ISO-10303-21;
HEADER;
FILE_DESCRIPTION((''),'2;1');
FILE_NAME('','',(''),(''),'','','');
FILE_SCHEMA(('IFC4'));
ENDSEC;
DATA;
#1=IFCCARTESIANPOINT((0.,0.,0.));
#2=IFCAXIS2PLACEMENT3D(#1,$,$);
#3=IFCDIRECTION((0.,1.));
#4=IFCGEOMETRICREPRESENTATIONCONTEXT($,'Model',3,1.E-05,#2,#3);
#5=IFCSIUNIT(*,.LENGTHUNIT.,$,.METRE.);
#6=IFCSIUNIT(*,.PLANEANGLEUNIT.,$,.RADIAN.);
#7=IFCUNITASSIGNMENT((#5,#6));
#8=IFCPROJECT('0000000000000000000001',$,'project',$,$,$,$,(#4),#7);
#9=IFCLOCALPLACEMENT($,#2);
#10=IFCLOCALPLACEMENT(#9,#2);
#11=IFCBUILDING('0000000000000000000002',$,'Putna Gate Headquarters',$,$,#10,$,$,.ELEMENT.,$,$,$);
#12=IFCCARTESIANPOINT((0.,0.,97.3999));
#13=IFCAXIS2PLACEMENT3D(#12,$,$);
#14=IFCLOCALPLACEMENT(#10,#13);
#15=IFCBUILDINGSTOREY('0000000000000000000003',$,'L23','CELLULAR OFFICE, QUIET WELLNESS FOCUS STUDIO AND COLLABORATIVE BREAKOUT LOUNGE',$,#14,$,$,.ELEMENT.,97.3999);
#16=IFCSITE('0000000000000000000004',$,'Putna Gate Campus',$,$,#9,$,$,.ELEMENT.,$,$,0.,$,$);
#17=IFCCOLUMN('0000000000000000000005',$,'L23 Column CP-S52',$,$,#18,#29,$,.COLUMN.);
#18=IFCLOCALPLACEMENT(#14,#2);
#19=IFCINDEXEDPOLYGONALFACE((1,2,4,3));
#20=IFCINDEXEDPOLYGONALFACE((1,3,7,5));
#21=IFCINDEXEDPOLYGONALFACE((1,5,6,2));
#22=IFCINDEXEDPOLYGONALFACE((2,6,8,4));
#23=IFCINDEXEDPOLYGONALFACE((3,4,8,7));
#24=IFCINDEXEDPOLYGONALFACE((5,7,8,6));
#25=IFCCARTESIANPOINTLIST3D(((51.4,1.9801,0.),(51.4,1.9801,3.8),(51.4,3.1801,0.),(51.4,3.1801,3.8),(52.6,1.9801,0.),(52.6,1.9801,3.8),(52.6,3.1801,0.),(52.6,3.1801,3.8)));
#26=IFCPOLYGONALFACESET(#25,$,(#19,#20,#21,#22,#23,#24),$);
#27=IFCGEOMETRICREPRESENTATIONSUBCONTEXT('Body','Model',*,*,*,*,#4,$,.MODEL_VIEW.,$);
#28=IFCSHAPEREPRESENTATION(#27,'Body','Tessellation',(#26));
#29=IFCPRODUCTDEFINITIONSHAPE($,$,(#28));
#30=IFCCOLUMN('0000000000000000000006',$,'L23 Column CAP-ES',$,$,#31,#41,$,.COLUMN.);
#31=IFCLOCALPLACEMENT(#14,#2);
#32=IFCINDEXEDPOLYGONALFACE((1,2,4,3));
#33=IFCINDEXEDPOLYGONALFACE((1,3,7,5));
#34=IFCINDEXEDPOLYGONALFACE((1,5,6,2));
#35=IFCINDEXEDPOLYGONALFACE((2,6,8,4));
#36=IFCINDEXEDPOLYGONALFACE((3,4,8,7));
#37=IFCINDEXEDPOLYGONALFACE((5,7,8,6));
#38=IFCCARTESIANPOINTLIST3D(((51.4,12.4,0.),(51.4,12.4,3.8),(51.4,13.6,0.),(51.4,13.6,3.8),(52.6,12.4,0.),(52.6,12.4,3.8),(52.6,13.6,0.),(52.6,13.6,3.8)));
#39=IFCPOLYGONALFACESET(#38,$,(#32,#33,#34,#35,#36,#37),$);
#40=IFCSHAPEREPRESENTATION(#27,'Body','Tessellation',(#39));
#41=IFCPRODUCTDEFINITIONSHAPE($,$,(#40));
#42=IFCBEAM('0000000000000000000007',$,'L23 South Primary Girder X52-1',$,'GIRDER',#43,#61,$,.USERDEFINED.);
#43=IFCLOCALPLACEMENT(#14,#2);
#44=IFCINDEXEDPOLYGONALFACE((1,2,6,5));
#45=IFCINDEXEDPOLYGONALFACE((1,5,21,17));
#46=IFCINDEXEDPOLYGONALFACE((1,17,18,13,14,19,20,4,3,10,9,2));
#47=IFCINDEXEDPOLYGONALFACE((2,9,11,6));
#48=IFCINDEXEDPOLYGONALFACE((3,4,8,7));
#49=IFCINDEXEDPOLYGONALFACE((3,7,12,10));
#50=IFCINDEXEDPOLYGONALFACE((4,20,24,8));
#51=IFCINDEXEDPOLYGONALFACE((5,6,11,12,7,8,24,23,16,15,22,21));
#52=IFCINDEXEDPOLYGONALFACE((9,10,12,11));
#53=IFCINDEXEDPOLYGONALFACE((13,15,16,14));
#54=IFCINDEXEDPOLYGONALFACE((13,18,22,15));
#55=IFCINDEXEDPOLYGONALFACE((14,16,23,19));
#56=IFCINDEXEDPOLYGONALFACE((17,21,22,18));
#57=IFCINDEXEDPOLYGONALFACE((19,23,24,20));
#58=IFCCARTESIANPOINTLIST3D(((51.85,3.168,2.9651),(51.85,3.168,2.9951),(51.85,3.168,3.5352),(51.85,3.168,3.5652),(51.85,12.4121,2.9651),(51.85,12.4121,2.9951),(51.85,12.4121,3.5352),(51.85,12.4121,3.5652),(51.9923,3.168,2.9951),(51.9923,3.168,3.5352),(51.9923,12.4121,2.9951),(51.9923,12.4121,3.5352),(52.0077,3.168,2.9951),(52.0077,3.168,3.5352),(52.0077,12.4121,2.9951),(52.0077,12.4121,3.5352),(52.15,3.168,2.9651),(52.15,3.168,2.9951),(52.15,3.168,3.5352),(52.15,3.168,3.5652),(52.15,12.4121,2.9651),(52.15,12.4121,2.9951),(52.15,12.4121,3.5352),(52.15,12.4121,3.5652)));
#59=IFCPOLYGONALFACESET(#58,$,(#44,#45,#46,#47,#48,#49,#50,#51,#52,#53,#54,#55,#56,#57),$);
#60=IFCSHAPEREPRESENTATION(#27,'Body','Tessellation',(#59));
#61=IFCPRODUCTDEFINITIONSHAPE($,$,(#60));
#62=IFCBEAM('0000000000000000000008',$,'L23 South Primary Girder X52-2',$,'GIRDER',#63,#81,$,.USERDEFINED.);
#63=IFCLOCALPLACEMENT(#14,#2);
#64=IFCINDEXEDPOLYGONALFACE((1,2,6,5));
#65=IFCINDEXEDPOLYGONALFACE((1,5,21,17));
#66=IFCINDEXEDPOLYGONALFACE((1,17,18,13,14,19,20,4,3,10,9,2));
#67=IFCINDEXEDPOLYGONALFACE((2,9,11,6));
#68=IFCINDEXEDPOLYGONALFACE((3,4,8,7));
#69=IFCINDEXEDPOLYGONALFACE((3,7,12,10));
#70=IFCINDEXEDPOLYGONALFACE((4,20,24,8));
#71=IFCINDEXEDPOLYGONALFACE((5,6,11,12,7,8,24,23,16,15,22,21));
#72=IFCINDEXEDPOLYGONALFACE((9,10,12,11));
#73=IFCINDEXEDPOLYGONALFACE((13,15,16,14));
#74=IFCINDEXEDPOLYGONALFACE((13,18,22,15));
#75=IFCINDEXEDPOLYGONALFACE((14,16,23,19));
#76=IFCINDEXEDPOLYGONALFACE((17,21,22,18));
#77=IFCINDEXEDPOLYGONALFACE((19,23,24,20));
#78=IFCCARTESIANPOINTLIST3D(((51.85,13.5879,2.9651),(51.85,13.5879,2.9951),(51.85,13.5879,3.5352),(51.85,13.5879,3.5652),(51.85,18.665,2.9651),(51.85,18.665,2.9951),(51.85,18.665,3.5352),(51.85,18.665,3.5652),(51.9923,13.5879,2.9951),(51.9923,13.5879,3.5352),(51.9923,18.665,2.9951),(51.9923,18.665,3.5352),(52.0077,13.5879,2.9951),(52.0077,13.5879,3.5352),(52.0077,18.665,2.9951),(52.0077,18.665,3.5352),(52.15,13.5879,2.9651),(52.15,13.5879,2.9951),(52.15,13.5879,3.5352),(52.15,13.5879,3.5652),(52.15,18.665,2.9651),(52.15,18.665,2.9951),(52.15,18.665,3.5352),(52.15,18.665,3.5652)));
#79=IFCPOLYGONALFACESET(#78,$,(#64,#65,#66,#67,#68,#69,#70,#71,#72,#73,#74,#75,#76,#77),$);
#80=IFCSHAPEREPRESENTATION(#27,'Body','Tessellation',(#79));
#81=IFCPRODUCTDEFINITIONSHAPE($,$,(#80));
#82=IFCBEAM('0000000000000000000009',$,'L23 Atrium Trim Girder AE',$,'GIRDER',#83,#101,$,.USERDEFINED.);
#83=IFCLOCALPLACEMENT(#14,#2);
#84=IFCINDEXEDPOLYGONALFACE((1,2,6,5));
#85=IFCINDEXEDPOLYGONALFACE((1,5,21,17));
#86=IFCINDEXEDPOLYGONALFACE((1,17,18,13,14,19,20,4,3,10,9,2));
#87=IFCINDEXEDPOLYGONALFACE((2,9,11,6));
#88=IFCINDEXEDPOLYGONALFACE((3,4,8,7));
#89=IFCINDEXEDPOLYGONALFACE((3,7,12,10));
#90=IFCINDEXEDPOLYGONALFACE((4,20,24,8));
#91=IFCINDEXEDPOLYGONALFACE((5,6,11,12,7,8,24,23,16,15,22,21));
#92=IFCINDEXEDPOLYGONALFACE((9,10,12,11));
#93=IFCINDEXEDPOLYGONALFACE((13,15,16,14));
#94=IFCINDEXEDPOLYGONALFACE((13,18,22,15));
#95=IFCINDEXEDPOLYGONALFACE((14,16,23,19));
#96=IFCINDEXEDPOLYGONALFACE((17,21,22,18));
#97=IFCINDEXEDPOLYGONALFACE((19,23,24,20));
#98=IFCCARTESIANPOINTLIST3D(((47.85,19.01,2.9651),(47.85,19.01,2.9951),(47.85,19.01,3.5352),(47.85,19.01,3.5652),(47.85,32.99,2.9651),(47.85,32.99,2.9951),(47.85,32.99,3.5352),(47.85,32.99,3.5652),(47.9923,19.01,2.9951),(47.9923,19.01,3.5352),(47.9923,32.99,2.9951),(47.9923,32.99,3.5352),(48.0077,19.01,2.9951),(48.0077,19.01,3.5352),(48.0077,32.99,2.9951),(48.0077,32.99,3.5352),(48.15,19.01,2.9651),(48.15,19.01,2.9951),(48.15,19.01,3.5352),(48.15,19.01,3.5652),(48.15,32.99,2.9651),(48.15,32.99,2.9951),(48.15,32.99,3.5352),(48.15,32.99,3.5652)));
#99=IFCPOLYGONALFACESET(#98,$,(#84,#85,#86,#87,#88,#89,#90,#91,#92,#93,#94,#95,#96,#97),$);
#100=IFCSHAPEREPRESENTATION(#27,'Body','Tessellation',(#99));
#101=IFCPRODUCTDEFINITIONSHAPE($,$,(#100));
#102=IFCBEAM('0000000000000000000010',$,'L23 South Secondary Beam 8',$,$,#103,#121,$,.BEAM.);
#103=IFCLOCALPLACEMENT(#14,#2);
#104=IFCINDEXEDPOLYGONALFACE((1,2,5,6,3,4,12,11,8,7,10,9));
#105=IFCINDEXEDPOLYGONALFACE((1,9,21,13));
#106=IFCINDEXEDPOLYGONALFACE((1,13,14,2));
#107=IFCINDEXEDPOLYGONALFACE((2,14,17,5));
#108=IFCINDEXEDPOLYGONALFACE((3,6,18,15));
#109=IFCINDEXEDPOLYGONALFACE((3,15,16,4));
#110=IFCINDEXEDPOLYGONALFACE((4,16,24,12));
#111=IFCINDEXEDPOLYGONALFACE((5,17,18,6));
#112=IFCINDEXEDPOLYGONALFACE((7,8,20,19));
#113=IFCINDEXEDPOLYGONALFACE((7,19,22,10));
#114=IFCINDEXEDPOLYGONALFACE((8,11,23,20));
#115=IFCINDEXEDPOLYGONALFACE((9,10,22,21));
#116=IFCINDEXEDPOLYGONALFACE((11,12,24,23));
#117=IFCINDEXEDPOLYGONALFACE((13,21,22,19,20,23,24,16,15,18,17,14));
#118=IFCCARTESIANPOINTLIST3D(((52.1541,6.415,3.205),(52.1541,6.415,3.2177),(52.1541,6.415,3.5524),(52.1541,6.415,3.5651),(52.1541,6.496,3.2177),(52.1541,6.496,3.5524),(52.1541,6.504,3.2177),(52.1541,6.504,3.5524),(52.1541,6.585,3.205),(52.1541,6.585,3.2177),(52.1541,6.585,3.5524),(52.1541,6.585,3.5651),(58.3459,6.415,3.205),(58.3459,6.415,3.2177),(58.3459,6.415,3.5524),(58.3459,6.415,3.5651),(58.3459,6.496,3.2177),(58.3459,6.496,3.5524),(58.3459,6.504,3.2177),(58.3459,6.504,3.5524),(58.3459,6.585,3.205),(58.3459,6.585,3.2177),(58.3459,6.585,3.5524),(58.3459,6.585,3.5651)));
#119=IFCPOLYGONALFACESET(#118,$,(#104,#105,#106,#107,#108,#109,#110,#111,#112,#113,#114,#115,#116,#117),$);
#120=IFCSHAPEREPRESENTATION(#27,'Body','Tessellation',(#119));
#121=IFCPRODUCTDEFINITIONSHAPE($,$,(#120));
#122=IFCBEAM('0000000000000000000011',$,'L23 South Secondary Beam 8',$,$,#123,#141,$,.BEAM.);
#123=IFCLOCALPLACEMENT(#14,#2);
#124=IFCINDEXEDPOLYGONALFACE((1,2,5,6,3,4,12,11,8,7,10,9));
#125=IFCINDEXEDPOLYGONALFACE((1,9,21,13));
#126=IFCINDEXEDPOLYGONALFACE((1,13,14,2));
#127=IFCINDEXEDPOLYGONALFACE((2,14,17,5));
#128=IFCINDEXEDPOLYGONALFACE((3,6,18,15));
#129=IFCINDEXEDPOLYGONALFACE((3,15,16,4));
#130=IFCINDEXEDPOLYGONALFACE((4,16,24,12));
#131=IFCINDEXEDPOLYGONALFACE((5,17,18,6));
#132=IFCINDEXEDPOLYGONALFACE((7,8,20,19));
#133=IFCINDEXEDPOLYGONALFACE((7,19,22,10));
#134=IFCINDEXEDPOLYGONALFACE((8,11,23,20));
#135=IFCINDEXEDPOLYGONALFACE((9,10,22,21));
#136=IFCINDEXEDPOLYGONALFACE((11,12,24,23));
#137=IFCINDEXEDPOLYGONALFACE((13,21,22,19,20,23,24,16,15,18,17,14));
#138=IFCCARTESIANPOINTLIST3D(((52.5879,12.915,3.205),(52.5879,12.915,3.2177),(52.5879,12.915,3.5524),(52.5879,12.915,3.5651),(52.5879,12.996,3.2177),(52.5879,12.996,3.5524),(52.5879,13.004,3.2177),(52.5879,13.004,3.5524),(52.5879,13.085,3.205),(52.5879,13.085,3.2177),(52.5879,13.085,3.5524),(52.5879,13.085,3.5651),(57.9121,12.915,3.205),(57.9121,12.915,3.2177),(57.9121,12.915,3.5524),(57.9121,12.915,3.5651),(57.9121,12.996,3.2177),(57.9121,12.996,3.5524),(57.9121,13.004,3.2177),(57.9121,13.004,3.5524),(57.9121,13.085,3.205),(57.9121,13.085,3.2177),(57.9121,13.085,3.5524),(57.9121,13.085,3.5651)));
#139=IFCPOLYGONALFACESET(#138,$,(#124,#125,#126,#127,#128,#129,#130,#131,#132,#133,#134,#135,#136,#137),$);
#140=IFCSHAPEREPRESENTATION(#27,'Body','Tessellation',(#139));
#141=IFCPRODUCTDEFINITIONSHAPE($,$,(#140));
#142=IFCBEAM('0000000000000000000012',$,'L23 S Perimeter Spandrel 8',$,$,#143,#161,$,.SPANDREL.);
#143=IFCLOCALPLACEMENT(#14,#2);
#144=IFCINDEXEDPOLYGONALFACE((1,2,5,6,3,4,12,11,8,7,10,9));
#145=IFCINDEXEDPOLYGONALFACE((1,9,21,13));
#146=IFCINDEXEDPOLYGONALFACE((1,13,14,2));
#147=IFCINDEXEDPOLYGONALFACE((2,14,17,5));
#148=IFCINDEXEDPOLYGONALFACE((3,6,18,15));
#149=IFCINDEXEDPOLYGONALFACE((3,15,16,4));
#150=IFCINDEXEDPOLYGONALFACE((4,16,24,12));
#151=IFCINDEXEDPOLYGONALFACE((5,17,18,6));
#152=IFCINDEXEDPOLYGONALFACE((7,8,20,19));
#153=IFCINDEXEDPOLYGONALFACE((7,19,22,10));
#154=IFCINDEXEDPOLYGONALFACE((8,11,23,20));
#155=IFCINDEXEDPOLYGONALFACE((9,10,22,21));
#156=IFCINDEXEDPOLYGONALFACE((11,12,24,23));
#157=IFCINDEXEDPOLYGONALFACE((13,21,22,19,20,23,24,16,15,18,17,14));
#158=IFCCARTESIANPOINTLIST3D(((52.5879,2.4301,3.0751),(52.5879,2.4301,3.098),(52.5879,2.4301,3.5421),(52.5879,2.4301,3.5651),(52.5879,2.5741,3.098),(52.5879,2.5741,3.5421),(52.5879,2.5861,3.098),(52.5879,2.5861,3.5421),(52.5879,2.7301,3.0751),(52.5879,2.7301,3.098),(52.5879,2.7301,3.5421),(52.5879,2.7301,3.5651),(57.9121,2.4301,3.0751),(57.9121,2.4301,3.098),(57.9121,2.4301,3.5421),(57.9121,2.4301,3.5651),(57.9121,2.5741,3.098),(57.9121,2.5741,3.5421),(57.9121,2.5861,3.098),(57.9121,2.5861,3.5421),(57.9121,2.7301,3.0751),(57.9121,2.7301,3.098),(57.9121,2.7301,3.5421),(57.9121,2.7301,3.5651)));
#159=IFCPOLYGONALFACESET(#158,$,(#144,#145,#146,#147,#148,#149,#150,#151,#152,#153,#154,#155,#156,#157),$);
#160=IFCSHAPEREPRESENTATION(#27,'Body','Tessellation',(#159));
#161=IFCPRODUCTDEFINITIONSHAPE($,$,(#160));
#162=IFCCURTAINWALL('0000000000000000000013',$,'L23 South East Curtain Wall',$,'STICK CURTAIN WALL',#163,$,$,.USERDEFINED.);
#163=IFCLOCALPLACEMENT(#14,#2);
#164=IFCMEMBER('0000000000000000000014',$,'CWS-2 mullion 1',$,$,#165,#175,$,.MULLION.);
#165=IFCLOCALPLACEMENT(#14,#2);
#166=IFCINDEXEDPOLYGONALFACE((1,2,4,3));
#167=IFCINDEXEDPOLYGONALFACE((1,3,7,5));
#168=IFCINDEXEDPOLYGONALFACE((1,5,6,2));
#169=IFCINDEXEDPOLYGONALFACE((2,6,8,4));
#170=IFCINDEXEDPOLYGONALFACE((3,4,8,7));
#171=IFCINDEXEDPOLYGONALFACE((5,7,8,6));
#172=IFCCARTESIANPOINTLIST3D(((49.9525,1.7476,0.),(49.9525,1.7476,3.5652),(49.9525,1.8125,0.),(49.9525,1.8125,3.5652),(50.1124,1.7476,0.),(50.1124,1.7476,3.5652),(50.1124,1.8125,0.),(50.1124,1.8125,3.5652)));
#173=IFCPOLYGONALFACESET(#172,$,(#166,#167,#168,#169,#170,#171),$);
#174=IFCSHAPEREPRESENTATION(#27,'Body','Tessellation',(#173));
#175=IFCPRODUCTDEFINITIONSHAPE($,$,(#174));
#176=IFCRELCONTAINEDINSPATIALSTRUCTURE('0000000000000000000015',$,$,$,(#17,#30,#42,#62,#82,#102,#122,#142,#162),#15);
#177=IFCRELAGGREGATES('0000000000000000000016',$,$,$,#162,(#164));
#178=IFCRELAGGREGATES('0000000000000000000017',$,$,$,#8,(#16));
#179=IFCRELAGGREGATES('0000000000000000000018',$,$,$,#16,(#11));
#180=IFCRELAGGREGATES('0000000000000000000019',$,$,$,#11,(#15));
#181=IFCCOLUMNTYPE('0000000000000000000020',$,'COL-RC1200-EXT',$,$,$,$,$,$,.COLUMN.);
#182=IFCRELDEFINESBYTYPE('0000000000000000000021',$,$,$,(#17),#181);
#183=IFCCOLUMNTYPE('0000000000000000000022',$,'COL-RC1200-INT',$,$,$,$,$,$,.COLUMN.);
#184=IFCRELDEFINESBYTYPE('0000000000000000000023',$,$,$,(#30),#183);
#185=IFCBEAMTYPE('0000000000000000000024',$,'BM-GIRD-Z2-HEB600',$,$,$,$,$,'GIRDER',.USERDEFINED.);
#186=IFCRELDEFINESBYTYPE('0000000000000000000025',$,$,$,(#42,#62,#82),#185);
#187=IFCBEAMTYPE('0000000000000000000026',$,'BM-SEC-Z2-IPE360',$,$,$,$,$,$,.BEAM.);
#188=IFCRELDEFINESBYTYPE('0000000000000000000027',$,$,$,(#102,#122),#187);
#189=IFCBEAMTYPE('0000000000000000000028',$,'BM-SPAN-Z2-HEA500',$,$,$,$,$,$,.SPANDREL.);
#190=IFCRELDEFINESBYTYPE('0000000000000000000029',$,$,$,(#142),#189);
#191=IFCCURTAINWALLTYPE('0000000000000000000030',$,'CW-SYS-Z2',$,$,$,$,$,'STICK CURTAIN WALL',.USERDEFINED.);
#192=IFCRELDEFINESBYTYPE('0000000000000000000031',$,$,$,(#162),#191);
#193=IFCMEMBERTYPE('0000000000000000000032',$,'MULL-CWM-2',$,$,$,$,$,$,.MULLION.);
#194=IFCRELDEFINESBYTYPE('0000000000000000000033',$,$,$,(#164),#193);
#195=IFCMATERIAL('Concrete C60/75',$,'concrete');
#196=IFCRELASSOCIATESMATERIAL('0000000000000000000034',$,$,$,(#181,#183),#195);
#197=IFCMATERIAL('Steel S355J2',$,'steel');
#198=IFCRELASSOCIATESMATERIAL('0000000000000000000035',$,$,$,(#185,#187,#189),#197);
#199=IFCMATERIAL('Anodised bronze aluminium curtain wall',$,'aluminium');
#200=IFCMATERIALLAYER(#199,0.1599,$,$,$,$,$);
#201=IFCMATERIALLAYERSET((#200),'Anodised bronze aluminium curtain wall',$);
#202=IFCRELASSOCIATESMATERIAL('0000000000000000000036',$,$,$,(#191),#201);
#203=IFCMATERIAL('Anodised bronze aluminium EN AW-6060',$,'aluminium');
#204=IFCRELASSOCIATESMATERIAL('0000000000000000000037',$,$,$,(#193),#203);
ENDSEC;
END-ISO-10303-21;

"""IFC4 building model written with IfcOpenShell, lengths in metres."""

from ifc_helpers import new_model, si_unit, direction, frame, origin, origin_2d, place, context, subcontext, project, spatial, rectangle, i_section, extrude, material, layer, layer_set, material_profile, profile_set, type_object, element, aggregate, save


model = new_model("IFC4")

# Units and contexts
model_context = context("Model", 3, precision=1e-05, world=origin(), true_north=direction((0.0, 1.0)))
body_context = subcontext(model_context, "Body", "Model", "MODEL_VIEW")
ifc_project = project(units=[si_unit("LENGTHUNIT", "METRE"), si_unit("PLANEANGLEUNIT", "RADIAN")], contexts=[model_context])

# Site, building, storey
site_placement = place(None, origin())
site = spatial("IfcSite", under=ifc_project, at=site_placement, Name="Putna Gate Campus", CompositionType="ELEMENT", RefElevation=0.0)
building_placement = place(site_placement, origin())
building = spatial("IfcBuilding", under=site, at=building_placement, Name="Putna Gate Headquarters", CompositionType="ELEMENT")
storey_placement = place(building_placement, frame((0.0, 0.0, 97.3999)))
storey = spatial("IfcBuildingStorey", under=building, at=storey_placement, Name="L23", Description="CELLULAR OFFICE, QUIET WELLNESS FOCUS STUDIO AND COLLABORATIVE BREAKOUT LOUNGE", CompositionType="ELEMENT", Elevation=97.3999)

# Columns
ifc_material_1 = material(Name="Concrete C60/75", Category="concrete")
ifc_material_profile_1 = material_profile(ifc_material_1, rectangle(XDim=1.2, YDim=1.2, at=origin_2d()), Name="Concrete C60/75")
ifc_profile_set_1 = profile_set([ifc_material_profile_1], Name="Concrete C60/75")
column_type_1 = type_object("IfcColumnType", Name="COL-RC1200-EXT", PredefinedType="COLUMN", material=ifc_profile_set_1)
column_1_placement = place(storey_placement, frame((52.0, 2.5801, 0.0), z_axis=(0.0, 0.0, 1.0), x_axis=(1.0, 0.0, 0.0)))
element("IfcColumn", 1, at=column_1_placement, inside=storey, type_object=column_type_1, Name="L23 Column CP-S52", PredefinedType="COLUMN", context=body_context, shape_type="SweptSolid", body=[
    extrude(rectangle(XDim=1.2, YDim=1.2, at=origin_2d()), origin(), (0.0, 0.0, 1.0), 3.8),
])
ifc_material_profile_2 = material_profile(ifc_material_1, rectangle(XDim=1.2, YDim=1.2, at=origin_2d()), Name="Concrete C60/75")
ifc_profile_set_2 = profile_set([ifc_material_profile_2], Name="Concrete C60/75")
column_type_2 = type_object("IfcColumnType", Name="COL-RC1200-INT", PredefinedType="COLUMN", material=ifc_profile_set_2)
column_2_placement = place(storey_placement, frame((52.0, 13.0, 0.0), z_axis=(0.0, 0.0, 1.0), x_axis=(1.0, 0.0, 0.0)))
element("IfcColumn", 2, at=column_2_placement, inside=storey, type_object=column_type_2, Name="L23 Column CAP-ES", PredefinedType="COLUMN", context=body_context, shape_type="SweptSolid", body=[
    extrude(rectangle(XDim=1.2, YDim=1.2, at=origin_2d()), origin(), (0.0, 0.0, 1.0), 3.8),
])

# Beams
ifc_material_2 = material(Name="Steel S355J2", Category="steel")
ifc_material_profile_3 = material_profile(ifc_material_2, i_section(OverallWidth=0.3, OverallDepth=0.6001, WebThickness=0.0154, FlangeThickness=0.03, at=origin_2d()), Name="Steel S355J2")
ifc_profile_set_3 = profile_set([ifc_material_profile_3], Name="Steel S355J2")
beam_type_1 = type_object("IfcBeamType", Name="BM-GIRD-Z2-HEB600", ElementType="GIRDER", PredefinedType="USERDEFINED", material=ifc_profile_set_3)
beam_1_placement = place(storey_placement, frame((52.0, 3.168, 3.2651), z_axis=(0.0, 1.0, 0.0), x_axis=(-1.0, 0.0, 0.0)))
element("IfcBeam", 3, at=beam_1_placement, inside=storey, type_object=beam_type_1, Name="L23 South Primary Girder X52-1", ObjectType="GIRDER", PredefinedType="USERDEFINED", context=body_context, shape_type="SweptSolid", body=[
    extrude(i_section(OverallWidth=0.3, OverallDepth=0.6001, WebThickness=0.0154, FlangeThickness=0.03, at=origin_2d()), origin(), (0.0, 0.0, 1.0), 9.2441),
])
beam_2_placement = place(storey_placement, frame((52.0, 13.5879, 3.2651), z_axis=(0.0, 1.0, 0.0), x_axis=(-1.0, 0.0, 0.0)))
element("IfcBeam", 4, at=beam_2_placement, inside=storey, type_object=beam_type_1, Name="L23 South Primary Girder X52-2", ObjectType="GIRDER", PredefinedType="USERDEFINED", context=body_context, shape_type="SweptSolid", body=[
    extrude(i_section(OverallWidth=0.3, OverallDepth=0.6001, WebThickness=0.0154, FlangeThickness=0.03, at=origin_2d()), origin(), (0.0, 0.0, 1.0), 5.0771),
])
beam_3_placement = place(storey_placement, frame((48.0, 19.01, 3.2651), z_axis=(0.0, 1.0, 0.0), x_axis=(-1.0, 0.0, 0.0)))
element("IfcBeam", 5, at=beam_3_placement, inside=storey, type_object=beam_type_1, Name="L23 Atrium Trim Girder AE", ObjectType="GIRDER", PredefinedType="USERDEFINED", context=body_context, shape_type="SweptSolid", body=[
    extrude(i_section(OverallWidth=0.3, OverallDepth=0.6001, WebThickness=0.0154, FlangeThickness=0.03, at=origin_2d()), origin(), (0.0, 0.0, 1.0), 13.98),
])
ifc_material_profile_4 = material_profile(ifc_material_2, i_section(OverallWidth=0.1699, OverallDepth=0.3601, WebThickness=0.0081, FlangeThickness=0.0127, at=origin_2d()), Name="Steel S355J2")
ifc_profile_set_4 = profile_set([ifc_material_profile_4], Name="Steel S355J2")
beam_type_2 = type_object("IfcBeamType", Name="BM-SEC-Z2-IPE360", PredefinedType="BEAM", material=ifc_profile_set_4)
beam_4_placement = place(storey_placement, frame((52.1541, 6.5, 3.385), z_axis=(1.0, 0.0, 0.0), x_axis=(0.0, 1.0, 0.0)))
element("IfcBeam", 6, at=beam_4_placement, inside=storey, type_object=beam_type_2, Name="L23 South Secondary Beam 8", PredefinedType="BEAM", context=body_context, shape_type="SweptSolid", body=[
    extrude(i_section(OverallWidth=0.1699, OverallDepth=0.3601, WebThickness=0.0081, FlangeThickness=0.0127, at=origin_2d()), origin(), (0.0, 0.0, 1.0), 6.1919),
])
beam_5_placement = place(storey_placement, frame((52.5879, 13.0, 3.385), z_axis=(1.0, 0.0, 0.0), x_axis=(0.0, 1.0, 0.0)))
element("IfcBeam", 7, at=beam_5_placement, inside=storey, type_object=beam_type_2, Name="L23 South Secondary Beam 8", PredefinedType="BEAM", context=body_context, shape_type="SweptSolid", body=[
    extrude(i_section(OverallWidth=0.1699, OverallDepth=0.3601, WebThickness=0.0081, FlangeThickness=0.0127, at=origin_2d()), origin(), (0.0, 0.0, 1.0), 5.3242),
])
ifc_material_profile_5 = material_profile(ifc_material_2, i_section(OverallWidth=0.3, OverallDepth=0.49, WebThickness=0.012, FlangeThickness=0.0229, at=origin_2d()), Name="Steel S355J2")
ifc_profile_set_5 = profile_set([ifc_material_profile_5], Name="Steel S355J2")
beam_type_3 = type_object("IfcBeamType", Name="BM-SPAN-Z2-HEA500", PredefinedType="SPANDREL", material=ifc_profile_set_5)
beam_6_placement = place(storey_placement, frame((52.5879, 2.5801, 3.3201), z_axis=(1.0, 0.0, 0.0), x_axis=(0.0, 1.0, 0.0)))
element("IfcBeam", 8, at=beam_6_placement, inside=storey, type_object=beam_type_3, Name="L23 S Perimeter Spandrel 8", PredefinedType="SPANDREL", context=body_context, shape_type="SweptSolid", body=[
    extrude(i_section(OverallWidth=0.3, OverallDepth=0.49, WebThickness=0.012, FlangeThickness=0.0229, at=origin_2d()), origin(), (0.0, 0.0, 1.0), 5.3242),
])

# Curtain wall, member
ifc_material_3 = material(Name="Anodised bronze aluminium curtain wall", Category="aluminium")
ifc_layer_1 = layer(ifc_material_3, 0.1599)
ifc_layer_set_1 = layer_set([ifc_layer_1], Name="Anodised bronze aluminium curtain wall")
curtain_wall_type_1 = type_object("IfcCurtainWallType", Name="CW-SYS-Z2", ElementType="STICK CURTAIN WALL", PredefinedType="USERDEFINED", material=ifc_layer_set_1)
curtain_wall_1_placement = place(storey_placement, origin())
curtain_wall_1 = element("IfcCurtainWall", 9, at=curtain_wall_1_placement, inside=storey, type_object=curtain_wall_type_1, Name="L23 South East Curtain Wall", ObjectType="STICK CURTAIN WALL", PredefinedType="USERDEFINED")
ifc_material_4 = material(Name="Anodised bronze aluminium EN AW-6060", Category="aluminium")
ifc_material_profile_6 = material_profile(ifc_material_4, rectangle(XDim=0.0649, YDim=0.1599, at=origin_2d()), Name="Anodised bronze aluminium EN AW-6060")
ifc_profile_set_6 = profile_set([ifc_material_profile_6], Name="Anodised bronze aluminium EN AW-6060")
member_type_1 = type_object("IfcMemberType", Name="MULL-CWM-2", PredefinedType="MULLION", material=ifc_profile_set_6)
member_1_placement = place(storey_placement, frame((50.0325, 1.78, 0.0), z_axis=(0.0, 0.0, 1.0), x_axis=(0.0, 1.0, 0.0)))
member_1 = element("IfcMember", 10, at=member_1_placement, type_object=member_type_1, Name="CWS-2 mullion 1", PredefinedType="MULLION", context=body_context, shape_type="SweptSolid", body=[
    extrude(rectangle(XDim=0.0649, YDim=0.1599, at=origin_2d()), origin(), (0.0, 0.0, 1.0), 3.5652),
])

aggregate(curtain_wall_1, [member_1])

save(model, "model.ifc")
